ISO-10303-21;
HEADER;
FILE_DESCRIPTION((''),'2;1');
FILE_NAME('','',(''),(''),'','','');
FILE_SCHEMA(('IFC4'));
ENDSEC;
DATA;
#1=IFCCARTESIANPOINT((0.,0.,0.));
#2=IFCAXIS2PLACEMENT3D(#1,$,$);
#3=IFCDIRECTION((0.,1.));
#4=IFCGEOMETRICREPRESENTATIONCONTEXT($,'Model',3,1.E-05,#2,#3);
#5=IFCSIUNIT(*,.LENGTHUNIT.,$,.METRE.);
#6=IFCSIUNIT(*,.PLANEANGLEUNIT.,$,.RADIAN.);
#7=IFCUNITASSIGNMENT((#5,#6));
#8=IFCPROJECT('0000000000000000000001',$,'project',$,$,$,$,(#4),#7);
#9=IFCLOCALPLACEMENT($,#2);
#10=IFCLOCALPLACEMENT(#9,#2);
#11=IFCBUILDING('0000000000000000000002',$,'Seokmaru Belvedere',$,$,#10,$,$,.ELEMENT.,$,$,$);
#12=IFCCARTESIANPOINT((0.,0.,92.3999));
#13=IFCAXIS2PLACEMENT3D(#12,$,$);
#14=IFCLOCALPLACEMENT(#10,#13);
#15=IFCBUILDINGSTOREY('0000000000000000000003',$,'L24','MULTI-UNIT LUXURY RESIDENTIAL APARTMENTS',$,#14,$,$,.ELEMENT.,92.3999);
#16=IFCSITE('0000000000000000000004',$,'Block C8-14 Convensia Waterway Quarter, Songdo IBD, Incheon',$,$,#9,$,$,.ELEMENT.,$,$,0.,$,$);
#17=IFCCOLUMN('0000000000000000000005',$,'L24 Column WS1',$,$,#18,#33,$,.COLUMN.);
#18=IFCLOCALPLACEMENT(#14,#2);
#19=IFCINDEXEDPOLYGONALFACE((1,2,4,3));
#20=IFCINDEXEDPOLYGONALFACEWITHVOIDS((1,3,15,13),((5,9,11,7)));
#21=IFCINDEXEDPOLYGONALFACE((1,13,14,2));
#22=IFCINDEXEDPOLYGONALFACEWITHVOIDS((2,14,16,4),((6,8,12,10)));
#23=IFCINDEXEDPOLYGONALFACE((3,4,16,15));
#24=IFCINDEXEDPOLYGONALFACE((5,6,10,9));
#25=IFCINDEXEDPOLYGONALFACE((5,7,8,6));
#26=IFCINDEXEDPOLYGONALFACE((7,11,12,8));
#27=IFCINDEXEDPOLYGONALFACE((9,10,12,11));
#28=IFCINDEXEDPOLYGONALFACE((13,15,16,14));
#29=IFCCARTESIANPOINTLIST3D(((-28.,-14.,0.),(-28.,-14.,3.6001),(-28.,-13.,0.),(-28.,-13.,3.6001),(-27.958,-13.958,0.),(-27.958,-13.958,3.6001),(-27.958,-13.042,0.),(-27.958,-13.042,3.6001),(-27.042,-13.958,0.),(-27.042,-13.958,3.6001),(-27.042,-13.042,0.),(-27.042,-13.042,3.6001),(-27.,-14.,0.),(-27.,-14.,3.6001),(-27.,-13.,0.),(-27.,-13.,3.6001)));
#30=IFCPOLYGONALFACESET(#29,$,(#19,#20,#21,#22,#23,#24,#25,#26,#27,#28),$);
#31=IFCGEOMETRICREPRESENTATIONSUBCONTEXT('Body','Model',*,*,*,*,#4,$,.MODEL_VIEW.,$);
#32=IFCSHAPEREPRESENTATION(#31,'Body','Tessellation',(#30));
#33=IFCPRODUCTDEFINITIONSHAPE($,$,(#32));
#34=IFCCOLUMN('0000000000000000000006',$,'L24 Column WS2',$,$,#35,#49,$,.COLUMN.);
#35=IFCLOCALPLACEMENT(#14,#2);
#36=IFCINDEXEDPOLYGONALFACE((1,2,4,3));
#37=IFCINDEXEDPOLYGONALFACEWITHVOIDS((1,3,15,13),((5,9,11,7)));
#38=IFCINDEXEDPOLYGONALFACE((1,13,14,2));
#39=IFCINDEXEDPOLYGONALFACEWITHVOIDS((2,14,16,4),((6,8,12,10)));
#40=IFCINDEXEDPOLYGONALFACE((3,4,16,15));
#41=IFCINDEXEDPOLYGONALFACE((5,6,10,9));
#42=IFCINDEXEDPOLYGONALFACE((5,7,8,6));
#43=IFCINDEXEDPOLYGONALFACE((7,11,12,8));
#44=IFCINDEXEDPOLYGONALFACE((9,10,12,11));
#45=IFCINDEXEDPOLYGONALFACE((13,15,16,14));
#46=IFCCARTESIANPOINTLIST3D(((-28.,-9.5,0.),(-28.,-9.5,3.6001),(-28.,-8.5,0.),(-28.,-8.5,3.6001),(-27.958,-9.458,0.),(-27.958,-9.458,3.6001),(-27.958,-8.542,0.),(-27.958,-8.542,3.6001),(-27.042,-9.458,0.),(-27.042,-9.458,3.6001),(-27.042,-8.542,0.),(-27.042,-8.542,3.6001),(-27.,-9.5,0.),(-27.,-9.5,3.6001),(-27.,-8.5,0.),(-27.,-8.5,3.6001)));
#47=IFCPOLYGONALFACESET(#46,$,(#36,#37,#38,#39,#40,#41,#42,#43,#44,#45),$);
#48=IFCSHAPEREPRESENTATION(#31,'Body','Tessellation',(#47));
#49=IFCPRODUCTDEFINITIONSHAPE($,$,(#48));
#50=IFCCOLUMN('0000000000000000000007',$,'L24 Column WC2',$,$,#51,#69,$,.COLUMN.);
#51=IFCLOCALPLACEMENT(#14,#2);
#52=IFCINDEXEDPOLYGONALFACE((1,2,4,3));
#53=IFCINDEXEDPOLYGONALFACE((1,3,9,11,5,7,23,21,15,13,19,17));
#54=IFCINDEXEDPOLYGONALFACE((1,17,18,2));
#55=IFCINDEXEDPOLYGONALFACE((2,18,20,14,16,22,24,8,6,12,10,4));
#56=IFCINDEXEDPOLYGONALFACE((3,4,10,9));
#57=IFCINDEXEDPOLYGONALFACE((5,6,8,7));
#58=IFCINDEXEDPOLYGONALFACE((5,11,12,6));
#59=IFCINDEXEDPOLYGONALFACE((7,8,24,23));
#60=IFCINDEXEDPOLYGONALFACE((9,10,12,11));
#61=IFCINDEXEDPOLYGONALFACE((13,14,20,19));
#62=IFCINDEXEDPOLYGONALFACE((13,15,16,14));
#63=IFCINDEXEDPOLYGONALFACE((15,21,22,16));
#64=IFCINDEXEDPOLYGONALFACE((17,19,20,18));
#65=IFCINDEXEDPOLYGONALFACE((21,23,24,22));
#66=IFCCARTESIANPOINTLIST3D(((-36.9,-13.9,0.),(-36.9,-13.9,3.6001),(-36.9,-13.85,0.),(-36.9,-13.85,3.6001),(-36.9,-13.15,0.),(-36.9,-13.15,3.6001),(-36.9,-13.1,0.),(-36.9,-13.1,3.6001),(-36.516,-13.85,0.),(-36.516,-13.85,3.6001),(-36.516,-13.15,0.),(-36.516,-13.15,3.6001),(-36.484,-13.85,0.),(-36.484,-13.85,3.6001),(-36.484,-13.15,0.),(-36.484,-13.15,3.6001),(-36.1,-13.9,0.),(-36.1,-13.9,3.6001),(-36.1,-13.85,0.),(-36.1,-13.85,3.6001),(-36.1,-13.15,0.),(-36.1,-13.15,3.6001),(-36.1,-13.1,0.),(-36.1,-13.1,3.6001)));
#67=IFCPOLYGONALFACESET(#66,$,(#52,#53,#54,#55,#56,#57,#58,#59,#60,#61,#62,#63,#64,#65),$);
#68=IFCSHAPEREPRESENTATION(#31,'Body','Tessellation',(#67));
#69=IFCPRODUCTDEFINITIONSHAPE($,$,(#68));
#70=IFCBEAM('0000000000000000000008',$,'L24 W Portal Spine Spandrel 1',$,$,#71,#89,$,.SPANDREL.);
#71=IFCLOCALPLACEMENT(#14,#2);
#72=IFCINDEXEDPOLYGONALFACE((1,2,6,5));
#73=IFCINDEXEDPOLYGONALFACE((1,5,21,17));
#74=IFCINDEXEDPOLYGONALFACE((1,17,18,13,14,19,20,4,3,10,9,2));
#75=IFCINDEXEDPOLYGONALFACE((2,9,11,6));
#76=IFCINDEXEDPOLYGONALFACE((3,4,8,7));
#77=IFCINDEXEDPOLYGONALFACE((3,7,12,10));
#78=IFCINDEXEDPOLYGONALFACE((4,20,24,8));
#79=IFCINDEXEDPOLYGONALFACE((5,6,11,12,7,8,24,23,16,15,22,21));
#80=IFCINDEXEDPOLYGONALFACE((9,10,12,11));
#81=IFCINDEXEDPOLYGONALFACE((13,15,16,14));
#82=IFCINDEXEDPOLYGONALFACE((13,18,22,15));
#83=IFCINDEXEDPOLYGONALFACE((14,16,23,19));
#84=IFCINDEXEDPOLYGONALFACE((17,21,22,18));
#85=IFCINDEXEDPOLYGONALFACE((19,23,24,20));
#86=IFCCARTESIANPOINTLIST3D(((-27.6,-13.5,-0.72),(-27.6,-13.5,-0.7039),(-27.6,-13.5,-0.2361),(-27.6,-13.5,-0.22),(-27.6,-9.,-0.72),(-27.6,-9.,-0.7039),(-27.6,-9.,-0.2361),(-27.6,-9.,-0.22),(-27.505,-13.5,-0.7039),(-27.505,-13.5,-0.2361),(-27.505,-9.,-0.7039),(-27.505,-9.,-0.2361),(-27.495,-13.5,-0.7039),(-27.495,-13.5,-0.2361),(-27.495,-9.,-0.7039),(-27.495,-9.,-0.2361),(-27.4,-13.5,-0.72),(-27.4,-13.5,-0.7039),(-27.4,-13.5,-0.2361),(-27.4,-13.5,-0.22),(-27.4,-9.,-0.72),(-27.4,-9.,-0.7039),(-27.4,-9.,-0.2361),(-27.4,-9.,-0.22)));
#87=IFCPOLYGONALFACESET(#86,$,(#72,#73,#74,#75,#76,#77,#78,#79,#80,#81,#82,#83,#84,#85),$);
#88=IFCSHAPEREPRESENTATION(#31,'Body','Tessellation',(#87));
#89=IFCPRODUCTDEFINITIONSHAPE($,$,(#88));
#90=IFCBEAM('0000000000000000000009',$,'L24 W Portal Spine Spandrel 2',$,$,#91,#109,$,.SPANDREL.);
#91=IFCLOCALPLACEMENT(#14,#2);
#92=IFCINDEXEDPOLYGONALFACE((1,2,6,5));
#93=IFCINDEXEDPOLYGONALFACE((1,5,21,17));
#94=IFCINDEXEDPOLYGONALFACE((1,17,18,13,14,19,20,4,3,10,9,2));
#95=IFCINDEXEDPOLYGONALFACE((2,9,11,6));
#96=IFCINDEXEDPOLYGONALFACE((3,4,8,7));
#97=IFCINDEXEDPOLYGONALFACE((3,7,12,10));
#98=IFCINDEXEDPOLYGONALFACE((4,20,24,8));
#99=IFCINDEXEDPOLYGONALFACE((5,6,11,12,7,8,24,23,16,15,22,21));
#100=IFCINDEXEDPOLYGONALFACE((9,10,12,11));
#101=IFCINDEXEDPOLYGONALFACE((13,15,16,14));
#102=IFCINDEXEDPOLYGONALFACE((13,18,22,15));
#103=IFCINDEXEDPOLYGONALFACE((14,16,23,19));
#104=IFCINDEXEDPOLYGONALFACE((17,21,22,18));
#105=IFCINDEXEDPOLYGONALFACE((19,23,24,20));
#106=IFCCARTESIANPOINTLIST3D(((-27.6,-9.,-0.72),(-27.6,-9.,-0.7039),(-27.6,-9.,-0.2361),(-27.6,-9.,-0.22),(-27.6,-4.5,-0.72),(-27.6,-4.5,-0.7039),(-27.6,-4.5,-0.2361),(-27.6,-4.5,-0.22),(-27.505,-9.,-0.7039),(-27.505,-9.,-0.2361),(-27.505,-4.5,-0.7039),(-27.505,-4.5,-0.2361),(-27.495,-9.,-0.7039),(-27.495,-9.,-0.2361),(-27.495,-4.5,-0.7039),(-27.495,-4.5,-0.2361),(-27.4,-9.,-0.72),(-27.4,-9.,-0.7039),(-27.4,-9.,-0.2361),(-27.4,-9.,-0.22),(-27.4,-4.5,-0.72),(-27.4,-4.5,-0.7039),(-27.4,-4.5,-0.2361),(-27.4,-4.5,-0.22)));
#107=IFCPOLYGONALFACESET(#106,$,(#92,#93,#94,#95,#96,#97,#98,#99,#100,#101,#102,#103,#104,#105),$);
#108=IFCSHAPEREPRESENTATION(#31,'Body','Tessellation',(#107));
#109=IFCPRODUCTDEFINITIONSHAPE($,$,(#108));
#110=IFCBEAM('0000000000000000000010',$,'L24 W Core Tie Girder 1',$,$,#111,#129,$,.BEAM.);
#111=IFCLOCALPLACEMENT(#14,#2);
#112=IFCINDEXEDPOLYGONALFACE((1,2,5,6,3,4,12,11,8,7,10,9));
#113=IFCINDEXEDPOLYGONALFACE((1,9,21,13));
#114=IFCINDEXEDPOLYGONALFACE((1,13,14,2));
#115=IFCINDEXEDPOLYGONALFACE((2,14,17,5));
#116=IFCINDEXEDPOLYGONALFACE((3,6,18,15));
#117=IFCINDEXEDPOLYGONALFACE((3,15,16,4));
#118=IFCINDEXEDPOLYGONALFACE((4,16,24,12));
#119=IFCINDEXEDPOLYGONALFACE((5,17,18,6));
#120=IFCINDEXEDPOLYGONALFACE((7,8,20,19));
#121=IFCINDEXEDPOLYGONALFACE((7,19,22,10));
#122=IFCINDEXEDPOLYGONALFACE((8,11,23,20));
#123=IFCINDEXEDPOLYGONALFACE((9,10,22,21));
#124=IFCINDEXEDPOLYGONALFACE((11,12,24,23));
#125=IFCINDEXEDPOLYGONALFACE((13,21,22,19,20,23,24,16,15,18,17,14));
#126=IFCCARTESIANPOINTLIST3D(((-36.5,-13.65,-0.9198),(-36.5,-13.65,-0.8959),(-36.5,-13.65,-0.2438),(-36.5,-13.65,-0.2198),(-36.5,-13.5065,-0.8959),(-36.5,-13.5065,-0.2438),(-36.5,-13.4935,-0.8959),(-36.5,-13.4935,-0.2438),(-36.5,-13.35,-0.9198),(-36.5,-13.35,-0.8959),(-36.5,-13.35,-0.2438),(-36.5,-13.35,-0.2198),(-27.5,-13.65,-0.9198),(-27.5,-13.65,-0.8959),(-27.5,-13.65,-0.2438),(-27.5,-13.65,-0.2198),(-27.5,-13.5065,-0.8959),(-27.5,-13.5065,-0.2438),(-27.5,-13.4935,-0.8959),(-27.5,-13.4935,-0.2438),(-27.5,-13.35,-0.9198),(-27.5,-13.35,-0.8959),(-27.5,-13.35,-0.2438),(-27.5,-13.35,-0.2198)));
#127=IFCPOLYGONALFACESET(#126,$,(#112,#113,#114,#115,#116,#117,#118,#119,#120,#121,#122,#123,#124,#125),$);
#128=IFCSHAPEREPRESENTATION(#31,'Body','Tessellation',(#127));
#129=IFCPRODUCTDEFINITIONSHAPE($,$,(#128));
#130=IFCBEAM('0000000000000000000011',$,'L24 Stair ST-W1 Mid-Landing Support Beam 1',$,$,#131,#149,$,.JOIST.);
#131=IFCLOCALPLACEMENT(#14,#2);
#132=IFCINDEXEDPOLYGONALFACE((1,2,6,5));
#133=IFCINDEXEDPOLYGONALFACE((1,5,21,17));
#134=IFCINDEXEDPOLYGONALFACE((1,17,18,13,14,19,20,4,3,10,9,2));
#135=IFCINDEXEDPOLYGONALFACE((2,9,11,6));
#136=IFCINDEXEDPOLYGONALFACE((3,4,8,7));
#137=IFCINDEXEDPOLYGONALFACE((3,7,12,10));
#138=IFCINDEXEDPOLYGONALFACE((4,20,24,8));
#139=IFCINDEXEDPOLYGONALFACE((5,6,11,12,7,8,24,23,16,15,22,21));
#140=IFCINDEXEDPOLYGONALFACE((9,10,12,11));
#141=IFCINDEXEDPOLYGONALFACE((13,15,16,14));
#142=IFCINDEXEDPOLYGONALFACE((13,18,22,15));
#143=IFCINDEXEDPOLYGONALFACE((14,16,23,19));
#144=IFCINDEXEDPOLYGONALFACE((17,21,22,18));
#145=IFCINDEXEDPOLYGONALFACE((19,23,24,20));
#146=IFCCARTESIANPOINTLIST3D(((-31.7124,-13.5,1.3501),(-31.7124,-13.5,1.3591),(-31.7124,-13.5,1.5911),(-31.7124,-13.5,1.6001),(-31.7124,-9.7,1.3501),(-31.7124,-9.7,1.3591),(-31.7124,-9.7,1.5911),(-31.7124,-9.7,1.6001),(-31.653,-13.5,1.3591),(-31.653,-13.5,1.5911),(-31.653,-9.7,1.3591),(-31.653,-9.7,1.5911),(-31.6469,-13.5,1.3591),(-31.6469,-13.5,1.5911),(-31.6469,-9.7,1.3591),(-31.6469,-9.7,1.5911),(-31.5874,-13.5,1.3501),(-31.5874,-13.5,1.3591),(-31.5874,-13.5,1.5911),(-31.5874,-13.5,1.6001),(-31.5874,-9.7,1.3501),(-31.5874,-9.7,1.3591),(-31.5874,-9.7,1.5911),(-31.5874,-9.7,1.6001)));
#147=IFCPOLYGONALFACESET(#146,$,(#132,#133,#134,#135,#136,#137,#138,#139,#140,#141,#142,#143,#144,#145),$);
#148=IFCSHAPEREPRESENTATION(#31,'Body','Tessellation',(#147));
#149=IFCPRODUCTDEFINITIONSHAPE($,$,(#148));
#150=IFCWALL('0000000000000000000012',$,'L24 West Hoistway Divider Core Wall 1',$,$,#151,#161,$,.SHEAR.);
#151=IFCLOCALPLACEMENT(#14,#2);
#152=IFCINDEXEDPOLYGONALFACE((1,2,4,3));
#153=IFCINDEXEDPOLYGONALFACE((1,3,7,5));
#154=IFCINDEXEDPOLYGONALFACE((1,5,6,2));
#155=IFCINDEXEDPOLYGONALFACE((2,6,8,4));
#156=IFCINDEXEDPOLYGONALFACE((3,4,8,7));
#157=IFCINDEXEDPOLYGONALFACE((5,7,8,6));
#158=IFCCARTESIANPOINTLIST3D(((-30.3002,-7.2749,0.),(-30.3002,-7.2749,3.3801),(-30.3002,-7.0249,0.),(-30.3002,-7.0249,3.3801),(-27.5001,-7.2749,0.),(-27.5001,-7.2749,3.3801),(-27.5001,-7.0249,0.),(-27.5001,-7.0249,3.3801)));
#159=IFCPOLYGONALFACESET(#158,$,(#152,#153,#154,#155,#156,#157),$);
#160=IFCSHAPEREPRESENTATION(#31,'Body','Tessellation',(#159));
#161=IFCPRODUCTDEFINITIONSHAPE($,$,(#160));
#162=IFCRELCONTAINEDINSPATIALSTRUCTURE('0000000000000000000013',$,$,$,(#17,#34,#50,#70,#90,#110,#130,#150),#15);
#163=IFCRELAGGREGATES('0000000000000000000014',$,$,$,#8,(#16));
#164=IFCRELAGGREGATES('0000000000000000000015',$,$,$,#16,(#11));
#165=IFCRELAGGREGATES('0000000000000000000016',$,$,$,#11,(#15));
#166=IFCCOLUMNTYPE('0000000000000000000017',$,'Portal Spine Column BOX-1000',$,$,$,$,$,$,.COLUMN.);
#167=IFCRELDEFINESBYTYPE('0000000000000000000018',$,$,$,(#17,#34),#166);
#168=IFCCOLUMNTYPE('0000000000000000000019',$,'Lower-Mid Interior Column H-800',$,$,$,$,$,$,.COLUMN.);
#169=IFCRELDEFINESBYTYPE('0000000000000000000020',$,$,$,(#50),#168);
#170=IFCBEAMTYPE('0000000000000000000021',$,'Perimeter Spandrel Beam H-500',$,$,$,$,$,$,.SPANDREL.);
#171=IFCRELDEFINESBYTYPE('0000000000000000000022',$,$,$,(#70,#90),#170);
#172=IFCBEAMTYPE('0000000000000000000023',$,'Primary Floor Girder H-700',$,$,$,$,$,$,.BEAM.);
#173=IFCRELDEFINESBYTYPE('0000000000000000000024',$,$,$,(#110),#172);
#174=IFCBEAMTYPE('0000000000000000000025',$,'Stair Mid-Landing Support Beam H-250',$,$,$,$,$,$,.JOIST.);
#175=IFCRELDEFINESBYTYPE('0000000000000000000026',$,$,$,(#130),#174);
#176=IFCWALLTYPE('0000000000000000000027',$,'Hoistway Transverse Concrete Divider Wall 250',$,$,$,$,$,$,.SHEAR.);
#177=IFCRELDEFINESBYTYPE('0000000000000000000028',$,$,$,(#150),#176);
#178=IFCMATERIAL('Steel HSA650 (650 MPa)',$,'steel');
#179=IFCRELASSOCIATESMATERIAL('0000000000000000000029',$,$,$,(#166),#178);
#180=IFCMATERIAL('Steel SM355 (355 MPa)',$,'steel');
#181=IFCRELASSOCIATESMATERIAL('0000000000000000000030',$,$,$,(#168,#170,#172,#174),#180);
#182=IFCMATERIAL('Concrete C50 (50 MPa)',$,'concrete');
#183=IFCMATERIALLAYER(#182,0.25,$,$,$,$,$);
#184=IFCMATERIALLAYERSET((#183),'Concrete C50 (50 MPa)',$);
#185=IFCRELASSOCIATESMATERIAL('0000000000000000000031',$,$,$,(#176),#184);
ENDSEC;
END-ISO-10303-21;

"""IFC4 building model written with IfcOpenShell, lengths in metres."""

from ifc_helpers import new_model, si_unit, direction, frame, frame_2d, origin, origin_2d, place, context, subcontext, project, spatial, rectangle, hollow_rectangle, i_section, extrude, source, transform, mapped, material, layer, layer_set, material_profile, profile_set, type_object, type_shapes, element, save


model = new_model("IFC4")

# Units and contexts
model_context = context("Model", 3, precision=1e-05, world=origin(), true_north=direction((0.0, 1.0)))
body_context = subcontext(model_context, "Body", "Model", "MODEL_VIEW")
ifc_project = project(units=[si_unit("LENGTHUNIT", "METRE"), si_unit("PLANEANGLEUNIT", "RADIAN")], contexts=[model_context])

# Site, building, storey
site_placement = place(None, origin())
site = spatial("IfcSite", under=ifc_project, at=site_placement, Name="Block C8-14 Convensia Waterway Quarter, Songdo IBD, Incheon", CompositionType="ELEMENT", RefElevation=0.0)
building_placement = place(site_placement, origin())
building = spatial("IfcBuilding", under=site, at=building_placement, Name="Seokmaru Belvedere", CompositionType="ELEMENT")
storey_placement = place(building_placement, frame((0.0, 0.0, 92.3999)))
storey = spatial("IfcBuildingStorey", under=building, at=storey_placement, Name="L24", Description="MULTI-UNIT LUXURY RESIDENTIAL APARTMENTS", CompositionType="ELEMENT", Elevation=92.3999)

# Columns
ifc_material_1 = material(Name="Steel HSA650 (650 MPa)", Category="steel")
ifc_material_profile_1 = material_profile(ifc_material_1, hollow_rectangle(XDim=1.0, YDim=1.0, WallThickness=0.042, at=origin_2d()), Name="BOX-1000x1000x42")
ifc_profile_set_1 = profile_set([ifc_material_profile_1], Name="Steel HSA650 (650 MPa)")
column_type_1 = type_object("IfcColumnType", Name="Portal Spine Column BOX-1000", PredefinedType="COLUMN", material=ifc_profile_set_1)
shared_shape_1 = source(origin(), body_context, "Body", "SweptSolid", [
    extrude(hollow_rectangle(XDim=1.0, YDim=1.0, WallThickness=0.042, at=origin_2d()), origin(), (0.0, 0.0, 1.0), 3.6001),
])
type_shapes(column_type_1, [shared_shape_1])
for number, where, z_axis, x_axis, name in (
    (1, (-27.5, -13.5, 0.0), (0.0, 0.0, 1.0), (1.0, 0.0, 0.0), "L24 Column WS1"),
    (2, (-27.5, -9.0, 0.0), (0.0, 0.0, 1.0), (1.0, 0.0, 0.0), "L24 Column WS2"),
):
    element("IfcColumn", number, at=place(storey_placement, frame(where, z_axis=z_axis, x_axis=x_axis)), inside=storey, type_object=column_type_1, Name=name, PredefinedType="COLUMN", context=body_context, shape_type="MappedRepresentation", body=[
        mapped(shared_shape_1, transform((0.0, 0.0, 0.0), scale=1.0)),
    ])
ifc_material_2 = material(Name="Steel SM355 (355 MPa)", Category="steel")
ifc_material_profile_2 = material_profile(ifc_material_2, i_section(OverallWidth=0.8, OverallDepth=0.8, WebThickness=0.032, FlangeThickness=0.05, at=origin_2d()), Name="H-800x800x32x50")
ifc_profile_set_2 = profile_set([ifc_material_profile_2], Name="Steel SM355 (355 MPa)")
column_type_2 = type_object("IfcColumnType", Name="Lower-Mid Interior Column H-800", PredefinedType="COLUMN", material=ifc_profile_set_2)
shared_shape_2 = source(origin(), body_context, "Body", "SweptSolid", [
    extrude(i_section(OverallWidth=0.8, OverallDepth=0.8, WebThickness=0.032, FlangeThickness=0.05, at=origin_2d()), origin(), (0.0, 0.0, 1.0), 3.6001),
])
type_shapes(column_type_2, [shared_shape_2])
column_placement = place(storey_placement, frame((-36.5, -13.5, 0.0), z_axis=(0.0, 0.0, 1.0), x_axis=(1.0, 0.0, 0.0)))
element("IfcColumn", 3, at=column_placement, inside=storey, type_object=column_type_2, Name="L24 Column WC2", PredefinedType="COLUMN", context=body_context, shape_type="MappedRepresentation", body=[
    mapped(shared_shape_2, transform((0.0, 0.0, 0.0), scale=1.0)),
])

# Beams
ifc_material_profile_3 = material_profile(ifc_material_2, i_section(OverallWidth=0.2, OverallDepth=0.5, WebThickness=0.01, FlangeThickness=0.0161, at=origin_2d()), Name="H-500x200x10x16")
ifc_profile_set_3 = profile_set([ifc_material_profile_3], Name="Steel SM355 (355 MPa)")
beam_type_1 = type_object("IfcBeamType", Name="Perimeter Spandrel Beam H-500", PredefinedType="SPANDREL", material=ifc_profile_set_3)
shared_shape_3 = source(origin(), body_context, "Body", "SweptSolid", [
    extrude(i_section(OverallWidth=0.2, OverallDepth=0.5, WebThickness=0.01, FlangeThickness=0.0161, at=origin_2d()), origin(), (0.0, 0.0, 1.0), 4.5),
])
type_shapes(beam_type_1, [shared_shape_3])
for number, where, z_axis, x_axis, name in (
    (4, (-27.5, -13.5, -0.47), (0.0, 1.0, 0.0), (-1.0, 0.0, 0.0), "L24 W Portal Spine Spandrel 1"),
    (5, (-27.5, -9.0, -0.47), (0.0, 1.0, 0.0), (-1.0, 0.0, 0.0), "L24 W Portal Spine Spandrel 2"),
):
    element("IfcBeam", number, at=place(storey_placement, frame(where, z_axis=z_axis, x_axis=x_axis)), inside=storey, type_object=beam_type_1, Name=name, PredefinedType="SPANDREL", context=body_context, shape_type="MappedRepresentation", body=[
        mapped(shared_shape_3, transform((0.0, 0.0, 0.0), scale=1.0)),
    ])
ifc_material_profile_4 = material_profile(ifc_material_2, i_section(OverallWidth=0.3, OverallDepth=0.7, WebThickness=0.0129, FlangeThickness=0.0239, at=origin_2d()), Name="H-700x300x13x24")
ifc_profile_set_4 = profile_set([ifc_material_profile_4], Name="Steel SM355 (355 MPa)")
beam_type_2 = type_object("IfcBeamType", Name="Primary Floor Girder H-700", PredefinedType="BEAM", material=ifc_profile_set_4)
shared_shape_4 = source(origin(), body_context, "Body", "SweptSolid", [
    extrude(i_section(OverallWidth=0.3, OverallDepth=0.7, WebThickness=0.0129, FlangeThickness=0.0239, at=origin_2d()), origin(), (0.0, 0.0, 1.0), 9.0),
])
type_shapes(beam_type_2, [shared_shape_4])
beam_1_placement = place(storey_placement, frame((-36.5, -13.5, -0.5698), z_axis=(1.0, 0.0, 0.0), x_axis=(0.0, 1.0, 0.0)))
element("IfcBeam", 6, at=beam_1_placement, inside=storey, type_object=beam_type_2, Name="L24 W Core Tie Girder 1", PredefinedType="BEAM", context=body_context, shape_type="MappedRepresentation", body=[
    mapped(shared_shape_4, transform((0.0, 0.0, 0.0), scale=1.0)),
])
ifc_material_profile_5 = material_profile(ifc_material_2, i_section(OverallWidth=0.125, OverallDepth=0.25, WebThickness=0.0061, FlangeThickness=0.009, at=origin_2d()), Name="H-250x125x6x9")
ifc_profile_set_5 = profile_set([ifc_material_profile_5], Name="Steel SM355 (355 MPa)")
beam_type_3 = type_object("IfcBeamType", Name="Stair Mid-Landing Support Beam H-250", PredefinedType="JOIST", material=ifc_profile_set_5)
shared_shape_5 = source(origin(), body_context, "Body", "SweptSolid", [
    extrude(i_section(OverallWidth=0.125, OverallDepth=0.25, WebThickness=0.0061, FlangeThickness=0.009, at=origin_2d()), origin(), (0.0, 0.0, 1.0), 3.8),
])
type_shapes(beam_type_3, [shared_shape_5])
beam_2_placement = place(storey_placement, frame((-31.6499, -13.5, 1.4751), z_axis=(0.0, 1.0, 0.0), x_axis=(-1.0, 0.0, 0.0)))
element("IfcBeam", 7, at=beam_2_placement, inside=storey, type_object=beam_type_3, Name="L24 Stair ST-W1 Mid-Landing Support Beam 1", PredefinedType="JOIST", context=body_context, shape_type="MappedRepresentation", body=[
    mapped(shared_shape_5, transform((0.0, 0.0, 0.0), scale=1.0)),
])

# Wall
ifc_material_3 = material(Name="Concrete C50 (50 MPa)", Category="concrete")
ifc_layer_1 = layer(ifc_material_3, 0.25)
ifc_layer_set_1 = layer_set([ifc_layer_1], Name="Concrete C50 (50 MPa)")
wall_type_1 = type_object("IfcWallType", Name="Hoistway Transverse Concrete Divider Wall 250", PredefinedType="SHEAR", material=ifc_layer_set_1)
wall_1_placement = place(storey_placement, frame((-30.3, -7.1499, 0.0), z_axis=(0.0, 0.0, 1.0), x_axis=(1.0, 0.0, 0.0)))
element("IfcWall", 8, at=wall_1_placement, inside=storey, type_object=wall_type_1, Name="L24 West Hoistway Divider Core Wall 1", PredefinedType="SHEAR", context=body_context, shape_type="SweptSolid", body=[
    extrude(rectangle(XDim=2.8, YDim=0.25, at=frame_2d((1.3999, 0.0))), origin(), (0.0, 0.0, 1.0), 3.3801),
])

save(model, "model.ifc")
